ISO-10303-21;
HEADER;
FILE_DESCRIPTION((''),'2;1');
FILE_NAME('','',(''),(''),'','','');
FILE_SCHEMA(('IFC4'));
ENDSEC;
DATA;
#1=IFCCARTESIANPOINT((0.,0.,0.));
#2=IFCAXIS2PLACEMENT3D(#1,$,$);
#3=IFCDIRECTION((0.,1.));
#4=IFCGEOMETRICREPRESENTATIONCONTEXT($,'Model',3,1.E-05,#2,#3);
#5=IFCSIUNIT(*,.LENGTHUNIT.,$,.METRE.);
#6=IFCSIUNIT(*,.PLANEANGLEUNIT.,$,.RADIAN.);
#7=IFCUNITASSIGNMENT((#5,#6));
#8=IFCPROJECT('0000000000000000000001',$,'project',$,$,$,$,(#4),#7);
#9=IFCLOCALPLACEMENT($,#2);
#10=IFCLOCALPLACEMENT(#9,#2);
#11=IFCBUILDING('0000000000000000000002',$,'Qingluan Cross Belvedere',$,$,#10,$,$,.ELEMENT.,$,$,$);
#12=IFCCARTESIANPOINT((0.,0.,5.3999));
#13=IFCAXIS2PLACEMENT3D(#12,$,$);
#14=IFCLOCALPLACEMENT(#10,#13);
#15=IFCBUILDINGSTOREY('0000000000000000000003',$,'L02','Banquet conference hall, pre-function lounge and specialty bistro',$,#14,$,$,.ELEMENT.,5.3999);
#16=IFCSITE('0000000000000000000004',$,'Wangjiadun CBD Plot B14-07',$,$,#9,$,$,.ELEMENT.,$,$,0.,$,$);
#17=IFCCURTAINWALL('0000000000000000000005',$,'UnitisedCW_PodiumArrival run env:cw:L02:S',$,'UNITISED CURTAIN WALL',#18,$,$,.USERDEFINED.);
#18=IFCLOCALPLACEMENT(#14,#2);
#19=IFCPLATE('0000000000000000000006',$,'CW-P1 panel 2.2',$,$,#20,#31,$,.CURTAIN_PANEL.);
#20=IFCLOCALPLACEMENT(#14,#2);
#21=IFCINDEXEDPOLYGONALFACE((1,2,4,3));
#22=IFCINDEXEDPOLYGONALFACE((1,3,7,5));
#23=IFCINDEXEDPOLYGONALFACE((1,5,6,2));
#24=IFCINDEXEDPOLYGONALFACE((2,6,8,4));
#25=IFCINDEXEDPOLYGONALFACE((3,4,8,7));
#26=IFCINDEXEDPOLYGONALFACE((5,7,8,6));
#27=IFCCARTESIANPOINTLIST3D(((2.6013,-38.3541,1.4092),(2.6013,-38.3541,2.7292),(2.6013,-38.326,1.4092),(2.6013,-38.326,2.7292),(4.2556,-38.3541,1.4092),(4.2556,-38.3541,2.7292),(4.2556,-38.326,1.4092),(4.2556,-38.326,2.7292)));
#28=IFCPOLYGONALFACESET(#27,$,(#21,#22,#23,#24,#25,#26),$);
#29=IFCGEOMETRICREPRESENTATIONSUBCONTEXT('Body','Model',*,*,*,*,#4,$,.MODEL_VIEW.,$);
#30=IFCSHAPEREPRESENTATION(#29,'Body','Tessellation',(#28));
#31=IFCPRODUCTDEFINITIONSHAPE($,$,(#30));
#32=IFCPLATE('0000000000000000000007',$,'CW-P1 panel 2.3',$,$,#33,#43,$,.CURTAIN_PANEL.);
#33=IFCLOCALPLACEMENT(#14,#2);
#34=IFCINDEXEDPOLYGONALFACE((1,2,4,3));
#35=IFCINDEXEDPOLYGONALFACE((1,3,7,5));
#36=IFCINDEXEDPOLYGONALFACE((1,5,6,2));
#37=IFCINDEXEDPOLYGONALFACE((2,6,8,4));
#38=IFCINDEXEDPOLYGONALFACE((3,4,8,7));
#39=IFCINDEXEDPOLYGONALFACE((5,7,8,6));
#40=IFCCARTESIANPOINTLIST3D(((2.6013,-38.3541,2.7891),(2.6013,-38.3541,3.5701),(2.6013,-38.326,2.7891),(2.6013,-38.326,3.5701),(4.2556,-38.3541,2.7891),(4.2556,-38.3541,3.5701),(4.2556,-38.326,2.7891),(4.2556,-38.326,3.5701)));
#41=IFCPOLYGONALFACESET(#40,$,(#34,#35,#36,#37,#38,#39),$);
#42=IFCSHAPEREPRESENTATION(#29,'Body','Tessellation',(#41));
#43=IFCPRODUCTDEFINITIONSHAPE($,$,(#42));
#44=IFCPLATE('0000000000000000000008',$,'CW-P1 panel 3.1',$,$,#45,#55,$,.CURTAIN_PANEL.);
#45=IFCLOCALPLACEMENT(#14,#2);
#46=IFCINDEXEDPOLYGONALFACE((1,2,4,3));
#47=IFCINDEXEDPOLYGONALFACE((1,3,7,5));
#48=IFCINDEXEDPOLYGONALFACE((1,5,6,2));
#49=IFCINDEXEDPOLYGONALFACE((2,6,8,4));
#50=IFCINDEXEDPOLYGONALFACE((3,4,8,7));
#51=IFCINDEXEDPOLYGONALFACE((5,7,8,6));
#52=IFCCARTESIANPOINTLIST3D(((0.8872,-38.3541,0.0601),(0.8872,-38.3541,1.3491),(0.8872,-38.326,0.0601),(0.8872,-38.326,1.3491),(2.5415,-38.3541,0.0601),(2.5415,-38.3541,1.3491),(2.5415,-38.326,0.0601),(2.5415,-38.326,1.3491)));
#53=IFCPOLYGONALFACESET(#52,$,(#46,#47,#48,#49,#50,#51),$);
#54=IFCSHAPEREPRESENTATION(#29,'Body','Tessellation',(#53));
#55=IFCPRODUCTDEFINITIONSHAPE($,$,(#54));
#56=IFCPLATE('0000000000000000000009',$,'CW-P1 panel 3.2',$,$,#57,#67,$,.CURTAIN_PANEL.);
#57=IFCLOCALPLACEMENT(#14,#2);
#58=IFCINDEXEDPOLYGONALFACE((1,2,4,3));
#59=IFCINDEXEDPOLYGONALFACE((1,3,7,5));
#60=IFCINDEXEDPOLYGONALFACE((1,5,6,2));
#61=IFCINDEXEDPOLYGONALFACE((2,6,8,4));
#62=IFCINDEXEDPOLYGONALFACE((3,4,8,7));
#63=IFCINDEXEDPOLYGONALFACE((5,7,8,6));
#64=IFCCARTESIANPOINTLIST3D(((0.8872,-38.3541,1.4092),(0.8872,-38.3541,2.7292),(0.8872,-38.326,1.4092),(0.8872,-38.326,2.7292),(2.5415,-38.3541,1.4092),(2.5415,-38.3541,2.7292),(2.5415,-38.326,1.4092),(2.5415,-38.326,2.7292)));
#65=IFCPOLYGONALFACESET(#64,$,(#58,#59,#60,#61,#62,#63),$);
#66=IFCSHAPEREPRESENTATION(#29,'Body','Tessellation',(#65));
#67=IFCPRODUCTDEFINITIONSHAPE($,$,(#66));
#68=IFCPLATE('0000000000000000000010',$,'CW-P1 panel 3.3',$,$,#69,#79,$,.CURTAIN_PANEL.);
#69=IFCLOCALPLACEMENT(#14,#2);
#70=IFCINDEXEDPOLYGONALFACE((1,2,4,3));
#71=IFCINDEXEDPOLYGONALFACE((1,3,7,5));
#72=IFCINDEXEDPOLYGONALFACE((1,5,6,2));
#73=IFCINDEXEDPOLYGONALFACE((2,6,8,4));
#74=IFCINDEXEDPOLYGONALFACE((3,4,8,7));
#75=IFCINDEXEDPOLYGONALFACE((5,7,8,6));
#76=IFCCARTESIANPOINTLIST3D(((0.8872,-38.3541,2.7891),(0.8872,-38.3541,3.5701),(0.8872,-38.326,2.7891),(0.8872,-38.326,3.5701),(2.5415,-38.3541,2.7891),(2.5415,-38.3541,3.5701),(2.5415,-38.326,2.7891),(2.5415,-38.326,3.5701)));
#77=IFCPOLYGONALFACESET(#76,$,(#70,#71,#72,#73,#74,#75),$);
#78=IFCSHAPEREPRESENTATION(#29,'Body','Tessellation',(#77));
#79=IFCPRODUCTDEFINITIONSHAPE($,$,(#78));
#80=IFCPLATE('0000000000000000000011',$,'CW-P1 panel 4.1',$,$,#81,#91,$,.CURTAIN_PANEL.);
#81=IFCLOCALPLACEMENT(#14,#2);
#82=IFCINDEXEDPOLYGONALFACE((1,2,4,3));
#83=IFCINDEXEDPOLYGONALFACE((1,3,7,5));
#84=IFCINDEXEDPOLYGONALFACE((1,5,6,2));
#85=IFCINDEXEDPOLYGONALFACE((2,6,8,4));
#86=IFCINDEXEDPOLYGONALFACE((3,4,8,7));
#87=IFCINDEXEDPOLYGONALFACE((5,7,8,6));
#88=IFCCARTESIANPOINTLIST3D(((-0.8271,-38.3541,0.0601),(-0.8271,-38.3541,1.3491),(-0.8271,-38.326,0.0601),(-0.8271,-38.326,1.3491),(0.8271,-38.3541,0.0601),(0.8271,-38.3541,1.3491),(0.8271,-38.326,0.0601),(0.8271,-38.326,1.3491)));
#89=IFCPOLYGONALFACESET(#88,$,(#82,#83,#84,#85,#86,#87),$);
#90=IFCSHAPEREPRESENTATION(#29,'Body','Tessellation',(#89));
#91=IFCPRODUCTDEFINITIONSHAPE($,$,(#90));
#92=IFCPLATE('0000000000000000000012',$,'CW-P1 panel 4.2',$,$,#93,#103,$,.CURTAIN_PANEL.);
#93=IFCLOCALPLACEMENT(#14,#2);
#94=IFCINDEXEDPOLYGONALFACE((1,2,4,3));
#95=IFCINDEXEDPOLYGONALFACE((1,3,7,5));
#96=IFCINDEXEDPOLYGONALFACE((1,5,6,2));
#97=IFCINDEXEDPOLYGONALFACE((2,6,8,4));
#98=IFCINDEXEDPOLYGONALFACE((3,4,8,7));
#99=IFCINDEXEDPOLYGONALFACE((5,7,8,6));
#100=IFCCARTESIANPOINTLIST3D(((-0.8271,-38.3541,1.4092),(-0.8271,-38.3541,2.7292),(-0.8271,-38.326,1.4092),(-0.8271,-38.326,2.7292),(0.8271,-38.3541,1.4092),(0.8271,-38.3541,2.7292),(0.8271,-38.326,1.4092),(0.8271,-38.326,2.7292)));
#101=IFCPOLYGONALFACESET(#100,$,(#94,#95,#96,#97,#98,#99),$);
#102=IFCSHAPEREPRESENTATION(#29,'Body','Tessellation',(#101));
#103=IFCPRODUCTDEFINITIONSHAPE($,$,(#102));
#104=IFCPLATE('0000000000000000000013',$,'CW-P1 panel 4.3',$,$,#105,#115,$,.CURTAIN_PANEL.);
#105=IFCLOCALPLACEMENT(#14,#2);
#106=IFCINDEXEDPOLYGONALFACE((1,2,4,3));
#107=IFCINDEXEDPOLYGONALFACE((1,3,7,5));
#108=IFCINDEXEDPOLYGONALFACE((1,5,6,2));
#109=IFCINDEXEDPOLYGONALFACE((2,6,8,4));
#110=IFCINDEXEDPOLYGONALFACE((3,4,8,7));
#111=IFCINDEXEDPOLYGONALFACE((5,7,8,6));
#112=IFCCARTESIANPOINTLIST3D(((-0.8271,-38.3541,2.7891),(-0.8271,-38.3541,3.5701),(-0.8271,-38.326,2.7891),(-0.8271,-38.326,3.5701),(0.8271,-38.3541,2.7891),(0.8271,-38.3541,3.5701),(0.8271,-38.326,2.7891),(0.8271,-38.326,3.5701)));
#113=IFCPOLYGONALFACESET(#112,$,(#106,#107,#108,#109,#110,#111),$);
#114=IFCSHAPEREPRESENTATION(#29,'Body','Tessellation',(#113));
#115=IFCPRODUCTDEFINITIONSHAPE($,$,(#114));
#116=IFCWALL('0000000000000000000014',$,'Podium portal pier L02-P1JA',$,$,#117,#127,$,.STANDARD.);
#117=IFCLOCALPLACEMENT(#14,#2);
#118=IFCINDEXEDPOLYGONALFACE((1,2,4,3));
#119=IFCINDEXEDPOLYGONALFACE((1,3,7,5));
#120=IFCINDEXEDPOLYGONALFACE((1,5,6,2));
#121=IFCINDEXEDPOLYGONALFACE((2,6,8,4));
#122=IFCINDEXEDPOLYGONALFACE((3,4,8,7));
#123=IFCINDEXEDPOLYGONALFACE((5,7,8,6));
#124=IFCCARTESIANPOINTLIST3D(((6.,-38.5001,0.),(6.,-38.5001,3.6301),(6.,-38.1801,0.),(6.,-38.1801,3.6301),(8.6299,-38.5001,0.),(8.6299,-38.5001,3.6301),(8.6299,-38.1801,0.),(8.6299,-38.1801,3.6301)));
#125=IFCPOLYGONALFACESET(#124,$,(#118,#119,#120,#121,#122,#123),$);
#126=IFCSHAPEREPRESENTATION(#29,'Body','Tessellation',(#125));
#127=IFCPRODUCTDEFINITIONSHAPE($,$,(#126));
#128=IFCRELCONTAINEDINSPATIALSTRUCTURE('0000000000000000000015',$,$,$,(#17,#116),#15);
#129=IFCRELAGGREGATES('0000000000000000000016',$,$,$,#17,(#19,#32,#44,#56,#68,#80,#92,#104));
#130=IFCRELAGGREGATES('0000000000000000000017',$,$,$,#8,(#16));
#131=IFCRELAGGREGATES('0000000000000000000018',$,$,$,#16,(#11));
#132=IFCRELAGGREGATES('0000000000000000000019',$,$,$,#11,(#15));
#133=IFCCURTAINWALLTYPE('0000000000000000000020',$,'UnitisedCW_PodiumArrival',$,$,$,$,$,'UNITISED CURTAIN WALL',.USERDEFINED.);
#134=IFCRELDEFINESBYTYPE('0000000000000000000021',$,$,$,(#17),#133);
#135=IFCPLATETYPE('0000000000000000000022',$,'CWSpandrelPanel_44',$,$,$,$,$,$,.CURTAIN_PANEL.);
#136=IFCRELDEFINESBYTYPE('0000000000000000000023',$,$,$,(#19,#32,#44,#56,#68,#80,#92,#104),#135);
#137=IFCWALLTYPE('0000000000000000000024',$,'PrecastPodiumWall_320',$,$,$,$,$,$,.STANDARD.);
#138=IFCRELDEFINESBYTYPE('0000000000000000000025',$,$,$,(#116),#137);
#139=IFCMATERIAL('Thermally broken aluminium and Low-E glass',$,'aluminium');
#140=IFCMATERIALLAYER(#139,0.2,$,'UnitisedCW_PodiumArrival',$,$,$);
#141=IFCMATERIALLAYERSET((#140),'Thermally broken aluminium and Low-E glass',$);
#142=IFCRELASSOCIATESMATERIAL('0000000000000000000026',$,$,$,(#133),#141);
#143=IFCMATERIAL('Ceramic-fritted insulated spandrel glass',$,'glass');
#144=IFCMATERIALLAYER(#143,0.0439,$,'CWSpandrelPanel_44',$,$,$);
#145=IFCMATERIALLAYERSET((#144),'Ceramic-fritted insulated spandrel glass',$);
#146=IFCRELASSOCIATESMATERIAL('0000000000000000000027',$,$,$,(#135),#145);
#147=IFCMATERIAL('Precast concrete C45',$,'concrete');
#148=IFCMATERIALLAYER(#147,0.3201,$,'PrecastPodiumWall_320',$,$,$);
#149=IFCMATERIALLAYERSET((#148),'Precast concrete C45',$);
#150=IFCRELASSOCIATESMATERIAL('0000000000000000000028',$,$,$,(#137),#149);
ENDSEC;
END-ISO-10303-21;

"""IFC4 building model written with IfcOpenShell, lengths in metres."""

from ifc_helpers import new_model, si_unit, direction, frame, frame_2d, origin, origin_2d, place, context, subcontext, project, spatial, rectangle, extrude, material, layer, layer_set, type_object, element, aggregate, save


model = new_model("IFC4")

# Units and contexts
model_context = context("Model", 3, precision=1e-05, world=origin(), true_north=direction((0.0, 1.0)))
body_context = subcontext(model_context, "Body", "Model", "MODEL_VIEW")
ifc_project = project(units=[si_unit("LENGTHUNIT", "METRE"), si_unit("PLANEANGLEUNIT", "RADIAN")], contexts=[model_context])

# Site, building, storey
site_placement = place(None, origin())
site = spatial("IfcSite", under=ifc_project, at=site_placement, Name="Wangjiadun CBD Plot B14-07", CompositionType="ELEMENT", RefElevation=0.0)
building_placement = place(site_placement, origin())
building = spatial("IfcBuilding", under=site, at=building_placement, Name="Qingluan Cross Belvedere", CompositionType="ELEMENT")
storey_placement = place(building_placement, frame((0.0, 0.0, 5.3999)))
storey = spatial("IfcBuildingStorey", under=building, at=storey_placement, Name="L02", Description="Banquet conference hall, pre-function lounge and specialty bistro", CompositionType="ELEMENT", Elevation=5.3999)

# Curtain wall, plates
ifc_material_1 = material(Name="Thermally broken aluminium and Low-E glass", Category="aluminium")
ifc_layer_1 = layer(ifc_material_1, 0.2, Name="UnitisedCW_PodiumArrival")
ifc_layer_set_1 = layer_set([ifc_layer_1], Name="Thermally broken aluminium and Low-E glass")
curtain_wall_type = type_object("IfcCurtainWallType", Name="UnitisedCW_PodiumArrival", ElementType="UNITISED CURTAIN WALL", PredefinedType="USERDEFINED", material=ifc_layer_set_1)
curtain_wall_placement = place(storey_placement, origin())
curtain_wall = element("IfcCurtainWall", 1, at=curtain_wall_placement, inside=storey, type_object=curtain_wall_type, Name="UnitisedCW_PodiumArrival run env:cw:L02:S", ObjectType="UNITISED CURTAIN WALL", PredefinedType="USERDEFINED")
ifc_material_2 = material(Name="Ceramic-fritted insulated spandrel glass", Category="glass")
ifc_layer_2 = layer(ifc_material_2, 0.0439, Name="CWSpandrelPanel_44")
ifc_layer_set_2 = layer_set([ifc_layer_2], Name="Ceramic-fritted insulated spandrel glass")
plate_type = type_object("IfcPlateType", Name="CWSpandrelPanel_44", PredefinedType="CURTAIN_PANEL", material=ifc_layer_set_2)
plate_1_placement = place(storey_placement, frame((3.4285, -38.3401, 1.4092), z_axis=(0.0, 0.0, 1.0), x_axis=(-1.0, 0.0, 0.0)))
plate_1 = element("IfcPlate", 2, at=plate_1_placement, type_object=plate_type, Name="CW-P1 panel 2.2", PredefinedType="CURTAIN_PANEL", context=body_context, shape_type="SweptSolid", body=[
    extrude(rectangle(XDim=1.6543, YDim=0.0281, at=origin_2d()), origin(), (0.0, 0.0, 1.0), 1.3201),
])
plate_2_placement = place(storey_placement, frame((3.4285, -38.3401, 2.7891), z_axis=(0.0, 0.0, 1.0), x_axis=(-1.0, 0.0, 0.0)))
plate_2 = element("IfcPlate", 3, at=plate_2_placement, type_object=plate_type, Name="CW-P1 panel 2.3", PredefinedType="CURTAIN_PANEL", context=body_context, shape_type="SweptSolid", body=[
    extrude(rectangle(XDim=1.6543, YDim=0.0281, at=origin_2d()), origin(), (0.0, 0.0, 1.0), 0.781),
])
plate_3_placement = place(storey_placement, frame((1.7144, -38.3401, 0.0601), z_axis=(0.0, 0.0, 1.0), x_axis=(-1.0, 0.0, 0.0)))
plate_3 = element("IfcPlate", 4, at=plate_3_placement, type_object=plate_type, Name="CW-P1 panel 3.1", PredefinedType="CURTAIN_PANEL", context=body_context, shape_type="SweptSolid", body=[
    extrude(rectangle(XDim=1.6543, YDim=0.0281, at=origin_2d()), origin(), (0.0, 0.0, 1.0), 1.2891),
])
plate_4_placement = place(storey_placement, frame((1.7144, -38.3401, 1.4092), z_axis=(0.0, 0.0, 1.0), x_axis=(-1.0, 0.0, 0.0)))
plate_4 = element("IfcPlate", 5, at=plate_4_placement, type_object=plate_type, Name="CW-P1 panel 3.2", PredefinedType="CURTAIN_PANEL", context=body_context, shape_type="SweptSolid", body=[
    extrude(rectangle(XDim=1.6543, YDim=0.0281, at=origin_2d()), origin(), (0.0, 0.0, 1.0), 1.3201),
])
plate_5_placement = place(storey_placement, frame((1.7144, -38.3401, 2.7891), z_axis=(0.0, 0.0, 1.0), x_axis=(-1.0, 0.0, 0.0)))
plate_5 = element("IfcPlate", 6, at=plate_5_placement, type_object=plate_type, Name="CW-P1 panel 3.3", PredefinedType="CURTAIN_PANEL", context=body_context, shape_type="SweptSolid", body=[
    extrude(rectangle(XDim=1.6543, YDim=0.0281, at=origin_2d()), origin(), (0.0, 0.0, 1.0), 0.781),
])
plate_6_placement = place(storey_placement, frame((0.0, -38.3401, 0.0601), z_axis=(0.0, 0.0, 1.0), x_axis=(-1.0, 0.0, 0.0)))
plate_6 = element("IfcPlate", 7, at=plate_6_placement, type_object=plate_type, Name="CW-P1 panel 4.1", PredefinedType="CURTAIN_PANEL", context=body_context, shape_type="SweptSolid", body=[
    extrude(rectangle(XDim=1.6543, YDim=0.0281, at=origin_2d()), origin(), (0.0, 0.0, 1.0), 1.2891),
])
plate_7_placement = place(storey_placement, frame((0.0, -38.3401, 1.4092), z_axis=(0.0, 0.0, 1.0), x_axis=(-1.0, 0.0, 0.0)))
plate_7 = element("IfcPlate", 8, at=plate_7_placement, type_object=plate_type, Name="CW-P1 panel 4.2", PredefinedType="CURTAIN_PANEL", context=body_context, shape_type="SweptSolid", body=[
    extrude(rectangle(XDim=1.6543, YDim=0.0281, at=origin_2d()), origin(), (0.0, 0.0, 1.0), 1.3201),
])
plate_8_placement = place(storey_placement, frame((0.0, -38.3401, 2.7891), z_axis=(0.0, 0.0, 1.0), x_axis=(-1.0, 0.0, 0.0)))
plate_8 = element("IfcPlate", 9, at=plate_8_placement, type_object=plate_type, Name="CW-P1 panel 4.3", PredefinedType="CURTAIN_PANEL", context=body_context, shape_type="SweptSolid", body=[
    extrude(rectangle(XDim=1.6543, YDim=0.0281, at=origin_2d()), origin(), (0.0, 0.0, 1.0), 0.781),
])
aggregate(curtain_wall, [plate_1, plate_2, plate_3, plate_4, plate_5, plate_6, plate_7, plate_8])

# Wall
ifc_material_3 = material(Name="Precast concrete C45", Category="concrete")
ifc_layer_3 = layer(ifc_material_3, 0.3201, Name="PrecastPodiumWall_320")
ifc_layer_set_3 = layer_set([ifc_layer_3], Name="Precast concrete C45")
wall_type = type_object("IfcWallType", Name="PrecastPodiumWall_320", PredefinedType="STANDARD", material=ifc_layer_set_3)
wall_placement = place(storey_placement, frame((8.6299, -38.3401, 0.0), z_axis=(0.0, 0.0, 1.0), x_axis=(-1.0, 0.0, 0.0)))
element("IfcWall", 10, at=wall_placement, inside=storey, type_object=wall_type, Name="Podium portal pier L02-P1JA", PredefinedType="STANDARD", context=body_context, shape_type="SweptSolid", body=[
    extrude(rectangle(XDim=2.6299, YDim=0.3201, at=frame_2d((1.3149, 0.0))), origin(), (0.0, 0.0, 1.0), 3.6301),
])

save(model, "model.ifc")
